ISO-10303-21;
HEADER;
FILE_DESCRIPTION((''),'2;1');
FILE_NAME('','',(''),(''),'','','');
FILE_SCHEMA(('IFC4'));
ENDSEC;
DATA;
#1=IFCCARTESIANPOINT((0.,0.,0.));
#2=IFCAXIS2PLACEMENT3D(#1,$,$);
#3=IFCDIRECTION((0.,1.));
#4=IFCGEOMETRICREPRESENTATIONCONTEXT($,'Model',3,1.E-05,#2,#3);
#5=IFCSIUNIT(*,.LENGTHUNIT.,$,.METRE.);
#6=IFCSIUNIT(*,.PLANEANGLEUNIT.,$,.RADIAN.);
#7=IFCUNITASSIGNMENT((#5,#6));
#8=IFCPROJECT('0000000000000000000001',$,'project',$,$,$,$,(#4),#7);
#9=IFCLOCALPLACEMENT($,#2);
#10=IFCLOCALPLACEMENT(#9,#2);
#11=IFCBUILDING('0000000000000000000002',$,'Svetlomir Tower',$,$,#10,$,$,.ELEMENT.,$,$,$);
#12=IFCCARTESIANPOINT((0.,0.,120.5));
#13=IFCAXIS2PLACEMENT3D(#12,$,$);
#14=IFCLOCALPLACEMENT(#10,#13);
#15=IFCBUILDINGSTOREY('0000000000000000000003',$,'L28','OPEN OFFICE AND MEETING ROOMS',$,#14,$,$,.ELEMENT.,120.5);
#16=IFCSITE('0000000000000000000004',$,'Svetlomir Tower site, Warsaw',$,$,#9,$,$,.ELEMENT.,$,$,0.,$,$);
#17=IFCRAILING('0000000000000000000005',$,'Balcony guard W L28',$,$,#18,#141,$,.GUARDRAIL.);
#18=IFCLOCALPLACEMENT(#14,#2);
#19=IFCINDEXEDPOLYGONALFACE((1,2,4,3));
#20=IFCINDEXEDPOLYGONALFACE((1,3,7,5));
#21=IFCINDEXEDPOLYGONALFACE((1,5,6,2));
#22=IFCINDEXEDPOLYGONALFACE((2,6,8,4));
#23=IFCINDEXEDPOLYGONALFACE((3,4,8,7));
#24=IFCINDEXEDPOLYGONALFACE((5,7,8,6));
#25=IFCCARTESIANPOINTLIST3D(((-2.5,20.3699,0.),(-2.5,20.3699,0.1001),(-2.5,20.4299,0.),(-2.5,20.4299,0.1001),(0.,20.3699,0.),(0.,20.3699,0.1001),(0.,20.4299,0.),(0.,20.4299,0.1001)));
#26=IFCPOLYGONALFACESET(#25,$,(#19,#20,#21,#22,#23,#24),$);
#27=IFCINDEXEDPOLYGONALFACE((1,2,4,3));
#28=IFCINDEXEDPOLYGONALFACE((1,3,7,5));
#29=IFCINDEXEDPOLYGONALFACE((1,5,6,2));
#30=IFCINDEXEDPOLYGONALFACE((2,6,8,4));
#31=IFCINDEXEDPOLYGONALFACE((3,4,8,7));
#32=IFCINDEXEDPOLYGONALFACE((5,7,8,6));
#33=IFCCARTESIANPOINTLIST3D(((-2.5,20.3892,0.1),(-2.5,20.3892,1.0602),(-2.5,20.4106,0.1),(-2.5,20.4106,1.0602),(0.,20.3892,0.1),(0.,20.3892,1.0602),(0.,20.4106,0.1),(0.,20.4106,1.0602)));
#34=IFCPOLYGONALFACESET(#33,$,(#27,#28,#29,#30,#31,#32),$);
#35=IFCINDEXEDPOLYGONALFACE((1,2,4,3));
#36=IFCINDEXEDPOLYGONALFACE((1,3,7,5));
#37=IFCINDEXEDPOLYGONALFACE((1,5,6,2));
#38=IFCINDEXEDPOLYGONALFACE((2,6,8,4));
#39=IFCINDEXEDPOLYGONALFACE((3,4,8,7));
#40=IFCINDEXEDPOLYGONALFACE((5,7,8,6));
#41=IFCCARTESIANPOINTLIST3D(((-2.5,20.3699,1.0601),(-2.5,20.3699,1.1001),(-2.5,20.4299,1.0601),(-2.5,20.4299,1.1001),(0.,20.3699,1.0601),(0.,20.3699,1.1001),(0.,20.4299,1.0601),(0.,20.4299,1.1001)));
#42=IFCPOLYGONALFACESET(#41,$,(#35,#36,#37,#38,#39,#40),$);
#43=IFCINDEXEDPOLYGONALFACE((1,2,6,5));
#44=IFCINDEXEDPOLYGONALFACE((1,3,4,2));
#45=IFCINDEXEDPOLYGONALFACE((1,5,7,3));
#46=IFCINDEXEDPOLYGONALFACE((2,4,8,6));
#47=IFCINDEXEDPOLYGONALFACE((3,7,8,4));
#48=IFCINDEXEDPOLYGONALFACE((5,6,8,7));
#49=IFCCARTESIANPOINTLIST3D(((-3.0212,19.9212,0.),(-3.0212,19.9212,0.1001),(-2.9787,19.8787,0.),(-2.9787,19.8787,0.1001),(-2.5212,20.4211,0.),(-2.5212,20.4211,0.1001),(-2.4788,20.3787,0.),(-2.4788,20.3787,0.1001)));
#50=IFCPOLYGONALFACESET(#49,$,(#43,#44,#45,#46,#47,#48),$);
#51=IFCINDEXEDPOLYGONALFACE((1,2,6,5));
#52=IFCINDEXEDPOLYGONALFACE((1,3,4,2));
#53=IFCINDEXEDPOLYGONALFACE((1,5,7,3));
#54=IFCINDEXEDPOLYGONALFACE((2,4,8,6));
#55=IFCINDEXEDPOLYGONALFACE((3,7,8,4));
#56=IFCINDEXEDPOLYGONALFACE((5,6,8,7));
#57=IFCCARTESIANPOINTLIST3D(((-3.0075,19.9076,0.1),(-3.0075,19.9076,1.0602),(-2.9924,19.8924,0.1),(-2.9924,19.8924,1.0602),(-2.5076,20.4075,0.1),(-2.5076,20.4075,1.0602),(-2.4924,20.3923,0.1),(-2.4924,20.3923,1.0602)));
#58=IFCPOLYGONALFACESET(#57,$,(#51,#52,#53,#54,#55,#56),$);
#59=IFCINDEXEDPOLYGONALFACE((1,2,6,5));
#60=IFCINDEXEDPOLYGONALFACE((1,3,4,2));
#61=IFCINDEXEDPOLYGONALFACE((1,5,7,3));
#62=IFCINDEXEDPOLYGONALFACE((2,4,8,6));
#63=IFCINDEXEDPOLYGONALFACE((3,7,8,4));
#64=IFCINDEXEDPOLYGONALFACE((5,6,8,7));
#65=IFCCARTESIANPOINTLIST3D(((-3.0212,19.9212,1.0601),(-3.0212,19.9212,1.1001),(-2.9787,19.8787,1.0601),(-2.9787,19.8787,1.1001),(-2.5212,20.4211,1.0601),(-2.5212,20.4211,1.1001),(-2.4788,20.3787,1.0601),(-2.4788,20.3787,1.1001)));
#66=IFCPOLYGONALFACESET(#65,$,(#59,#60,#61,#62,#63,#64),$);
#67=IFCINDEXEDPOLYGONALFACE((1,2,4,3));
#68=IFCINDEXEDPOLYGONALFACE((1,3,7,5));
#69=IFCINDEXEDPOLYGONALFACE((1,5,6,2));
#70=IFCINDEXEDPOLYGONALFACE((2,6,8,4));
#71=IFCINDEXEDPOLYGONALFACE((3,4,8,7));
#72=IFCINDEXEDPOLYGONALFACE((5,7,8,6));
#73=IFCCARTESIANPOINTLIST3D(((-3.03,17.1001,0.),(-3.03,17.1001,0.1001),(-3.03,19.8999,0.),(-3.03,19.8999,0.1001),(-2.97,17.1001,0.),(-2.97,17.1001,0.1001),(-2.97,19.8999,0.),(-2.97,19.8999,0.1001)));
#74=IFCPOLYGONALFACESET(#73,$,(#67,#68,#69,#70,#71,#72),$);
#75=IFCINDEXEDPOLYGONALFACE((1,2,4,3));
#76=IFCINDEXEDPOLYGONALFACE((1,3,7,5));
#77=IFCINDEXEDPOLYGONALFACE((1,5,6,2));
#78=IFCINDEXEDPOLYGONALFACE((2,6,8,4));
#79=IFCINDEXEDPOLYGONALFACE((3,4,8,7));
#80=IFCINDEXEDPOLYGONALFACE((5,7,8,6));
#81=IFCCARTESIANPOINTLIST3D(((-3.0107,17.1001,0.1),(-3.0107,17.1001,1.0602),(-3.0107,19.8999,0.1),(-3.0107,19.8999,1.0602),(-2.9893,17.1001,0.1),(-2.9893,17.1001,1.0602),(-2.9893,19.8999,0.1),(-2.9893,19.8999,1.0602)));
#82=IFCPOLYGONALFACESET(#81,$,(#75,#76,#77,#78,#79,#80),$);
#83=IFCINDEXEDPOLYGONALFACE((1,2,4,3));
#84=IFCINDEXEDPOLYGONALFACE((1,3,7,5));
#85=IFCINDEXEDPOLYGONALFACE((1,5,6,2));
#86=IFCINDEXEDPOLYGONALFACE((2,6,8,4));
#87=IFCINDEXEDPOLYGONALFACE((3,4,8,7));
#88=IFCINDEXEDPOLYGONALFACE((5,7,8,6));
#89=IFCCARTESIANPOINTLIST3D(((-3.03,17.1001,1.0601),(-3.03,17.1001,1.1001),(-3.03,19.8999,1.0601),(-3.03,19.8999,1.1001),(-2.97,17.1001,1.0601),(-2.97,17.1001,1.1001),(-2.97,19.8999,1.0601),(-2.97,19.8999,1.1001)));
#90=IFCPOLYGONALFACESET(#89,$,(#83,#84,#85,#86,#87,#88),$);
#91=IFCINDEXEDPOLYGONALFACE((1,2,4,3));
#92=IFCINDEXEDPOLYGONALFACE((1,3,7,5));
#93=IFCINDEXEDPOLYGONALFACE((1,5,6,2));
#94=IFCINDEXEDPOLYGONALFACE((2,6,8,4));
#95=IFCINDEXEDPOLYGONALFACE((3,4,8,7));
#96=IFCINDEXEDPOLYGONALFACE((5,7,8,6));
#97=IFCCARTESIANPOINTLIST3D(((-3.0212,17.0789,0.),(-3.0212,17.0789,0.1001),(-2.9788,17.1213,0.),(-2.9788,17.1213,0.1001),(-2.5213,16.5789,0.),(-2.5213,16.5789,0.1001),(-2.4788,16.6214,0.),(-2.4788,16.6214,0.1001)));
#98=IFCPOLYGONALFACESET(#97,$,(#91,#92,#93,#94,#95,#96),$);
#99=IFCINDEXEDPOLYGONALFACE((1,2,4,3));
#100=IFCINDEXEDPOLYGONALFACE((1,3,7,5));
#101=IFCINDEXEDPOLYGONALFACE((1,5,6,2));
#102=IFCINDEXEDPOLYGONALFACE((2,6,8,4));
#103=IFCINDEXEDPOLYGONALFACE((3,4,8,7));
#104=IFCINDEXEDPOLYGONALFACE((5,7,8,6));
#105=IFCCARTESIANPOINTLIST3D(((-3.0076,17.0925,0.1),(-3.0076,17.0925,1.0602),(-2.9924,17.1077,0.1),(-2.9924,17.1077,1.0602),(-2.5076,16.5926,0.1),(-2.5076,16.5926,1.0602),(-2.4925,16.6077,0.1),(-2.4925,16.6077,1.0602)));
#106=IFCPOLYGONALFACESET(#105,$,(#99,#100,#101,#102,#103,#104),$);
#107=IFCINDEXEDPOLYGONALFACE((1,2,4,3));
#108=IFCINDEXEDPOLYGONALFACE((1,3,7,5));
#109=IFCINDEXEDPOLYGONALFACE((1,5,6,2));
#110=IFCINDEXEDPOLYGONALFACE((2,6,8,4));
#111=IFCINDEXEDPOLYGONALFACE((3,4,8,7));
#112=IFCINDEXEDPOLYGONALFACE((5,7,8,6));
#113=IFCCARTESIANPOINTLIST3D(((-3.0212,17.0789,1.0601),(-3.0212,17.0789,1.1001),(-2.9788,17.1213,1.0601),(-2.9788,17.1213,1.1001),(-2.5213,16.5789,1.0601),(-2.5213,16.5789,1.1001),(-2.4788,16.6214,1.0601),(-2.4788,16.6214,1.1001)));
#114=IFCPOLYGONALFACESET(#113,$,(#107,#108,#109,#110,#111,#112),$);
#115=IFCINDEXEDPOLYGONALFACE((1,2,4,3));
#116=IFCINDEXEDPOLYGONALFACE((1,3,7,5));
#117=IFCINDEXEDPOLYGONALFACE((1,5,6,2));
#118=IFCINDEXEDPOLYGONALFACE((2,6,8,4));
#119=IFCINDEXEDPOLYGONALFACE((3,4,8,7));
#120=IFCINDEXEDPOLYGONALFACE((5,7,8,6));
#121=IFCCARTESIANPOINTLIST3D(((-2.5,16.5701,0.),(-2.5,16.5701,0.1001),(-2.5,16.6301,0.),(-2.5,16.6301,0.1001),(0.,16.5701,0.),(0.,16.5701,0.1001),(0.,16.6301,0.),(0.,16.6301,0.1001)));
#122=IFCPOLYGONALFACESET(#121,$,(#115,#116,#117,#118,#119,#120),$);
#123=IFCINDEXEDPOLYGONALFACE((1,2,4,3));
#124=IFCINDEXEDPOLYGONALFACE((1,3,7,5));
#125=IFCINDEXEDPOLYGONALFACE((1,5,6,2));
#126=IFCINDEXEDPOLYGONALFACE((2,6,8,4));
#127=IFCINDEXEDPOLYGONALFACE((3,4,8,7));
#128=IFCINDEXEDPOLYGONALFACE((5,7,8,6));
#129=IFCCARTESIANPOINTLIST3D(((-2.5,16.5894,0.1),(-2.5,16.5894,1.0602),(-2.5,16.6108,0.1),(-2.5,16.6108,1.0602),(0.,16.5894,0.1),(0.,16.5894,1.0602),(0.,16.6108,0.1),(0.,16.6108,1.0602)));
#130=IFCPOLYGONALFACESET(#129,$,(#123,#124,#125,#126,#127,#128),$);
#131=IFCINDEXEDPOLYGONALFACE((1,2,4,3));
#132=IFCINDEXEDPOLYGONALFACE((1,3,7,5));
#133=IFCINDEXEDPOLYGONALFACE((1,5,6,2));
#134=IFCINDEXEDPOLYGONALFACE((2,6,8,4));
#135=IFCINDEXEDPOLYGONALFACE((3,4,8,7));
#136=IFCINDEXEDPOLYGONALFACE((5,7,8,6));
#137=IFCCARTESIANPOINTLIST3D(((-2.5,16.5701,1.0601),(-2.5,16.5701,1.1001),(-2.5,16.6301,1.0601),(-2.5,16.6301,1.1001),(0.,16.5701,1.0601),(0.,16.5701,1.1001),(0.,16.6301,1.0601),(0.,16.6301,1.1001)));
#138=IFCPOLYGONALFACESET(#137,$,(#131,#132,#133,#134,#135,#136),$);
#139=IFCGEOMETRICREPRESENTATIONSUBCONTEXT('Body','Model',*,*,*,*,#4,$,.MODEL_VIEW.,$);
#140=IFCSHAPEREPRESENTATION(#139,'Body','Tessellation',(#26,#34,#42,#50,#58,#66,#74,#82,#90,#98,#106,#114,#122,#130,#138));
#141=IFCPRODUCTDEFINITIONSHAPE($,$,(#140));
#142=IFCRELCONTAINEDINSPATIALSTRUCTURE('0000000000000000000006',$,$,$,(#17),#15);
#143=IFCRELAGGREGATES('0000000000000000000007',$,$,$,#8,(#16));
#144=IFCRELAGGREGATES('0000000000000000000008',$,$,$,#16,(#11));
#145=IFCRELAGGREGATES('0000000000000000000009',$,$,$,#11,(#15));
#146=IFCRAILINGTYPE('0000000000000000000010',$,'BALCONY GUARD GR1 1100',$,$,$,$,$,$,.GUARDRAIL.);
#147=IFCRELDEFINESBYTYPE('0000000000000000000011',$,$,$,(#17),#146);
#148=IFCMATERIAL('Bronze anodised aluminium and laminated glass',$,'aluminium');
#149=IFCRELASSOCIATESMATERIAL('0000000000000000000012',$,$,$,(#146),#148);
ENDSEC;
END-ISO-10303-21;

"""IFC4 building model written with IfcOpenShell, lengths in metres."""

from ifc_helpers import new_model, si_unit, direction, frame, origin, origin_2d, place, context, subcontext, project, spatial, rectangle, extrude, material, type_object, element, save


model = new_model("IFC4")

# Units and contexts
model_context = context("Model", 3, precision=1e-05, world=origin(), true_north=direction((0.0, 1.0)))
body_context = subcontext(model_context, "Body", "Model", "MODEL_VIEW")
ifc_project = project(units=[si_unit("LENGTHUNIT", "METRE"), si_unit("PLANEANGLEUNIT", "RADIAN")], contexts=[model_context])

# Site, building, storey
site_placement = place(None, origin())
site = spatial("IfcSite", under=ifc_project, at=site_placement, Name="Svetlomir Tower site, Warsaw", CompositionType="ELEMENT", RefElevation=0.0)
building_placement = place(site_placement, origin())
building = spatial("IfcBuilding", under=site, at=building_placement, Name="Svetlomir Tower", CompositionType="ELEMENT")
storey_placement = place(building_placement, frame((0.0, 0.0, 120.5)))
storey = spatial("IfcBuildingStorey", under=building, at=storey_placement, Name="L28", Description="OPEN OFFICE AND MEETING ROOMS", CompositionType="ELEMENT", Elevation=120.5)

# Railing
ifc_material_1 = material(Name="Bronze anodised aluminium and laminated glass", Category="aluminium")
railing_type_1 = type_object("IfcRailingType", Name="BALCONY GUARD GR1 1100", PredefinedType="GUARDRAIL", material=ifc_material_1)
railing_1_placement = place(storey_placement, frame((0.0, 20.3999, 0.0)))
element("IfcRailing", 1, at=railing_1_placement, inside=storey, type_object=railing_type_1, Name="Balcony guard W L28", PredefinedType="GUARDRAIL", context=body_context, shape_type="SweptSolid", body=[
    extrude(rectangle(XDim=0.0601, YDim=0.1001, at=origin_2d()), frame((0.0, 0.0, 0.05), z_axis=(-1.0, 0.0, 0.0), x_axis=(0.0, -1.0, 0.0)), (0.0, 0.0, 1.0), 2.5),
    extrude(rectangle(XDim=0.0215, YDim=0.9602, at=origin_2d()), frame((0.0, 0.0, 0.5801), z_axis=(-1.0, 0.0, 0.0), x_axis=(0.0, -1.0, 0.0)), (0.0, 0.0, 1.0), 2.5),
    extrude(rectangle(XDim=0.0601, YDim=0.04, at=origin_2d()), frame((0.0, 0.0, 1.0801), z_axis=(-1.0, 0.0, 0.0), x_axis=(0.0, -1.0, 0.0)), (0.0, 0.0, 1.0), 2.5),
    extrude(rectangle(XDim=0.0601, YDim=0.1001, at=origin_2d()), frame((-2.5, 0.0, 0.05), z_axis=(-0.707107, -0.707107, 0.0), x_axis=(0.707107, -0.707107, 0.0)), (0.0, 0.0, 1.0), 0.707),
    extrude(rectangle(XDim=0.0215, YDim=0.9602, at=origin_2d()), frame((-2.5, 0.0, 0.5801), z_axis=(-0.707107, -0.707107, 0.0), x_axis=(0.707107, -0.707107, 0.0)), (0.0, 0.0, 1.0), 0.707),
    extrude(rectangle(XDim=0.0601, YDim=0.04, at=origin_2d()), frame((-2.5, 0.0, 1.0801), z_axis=(-0.707107, -0.707107, 0.0), x_axis=(0.707107, -0.707107, 0.0)), (0.0, 0.0, 1.0), 0.707),
    extrude(rectangle(XDim=0.0601, YDim=0.1001, at=origin_2d()), frame((-3.0, -0.5, 0.05), z_axis=(0.0, -1.0, 0.0), x_axis=(1.0, 0.0, 0.0)), (0.0, 0.0, 1.0), 2.7998),
    extrude(rectangle(XDim=0.0215, YDim=0.9602, at=origin_2d()), frame((-3.0, -0.5, 0.5801), z_axis=(0.0, -1.0, 0.0), x_axis=(1.0, 0.0, 0.0)), (0.0, 0.0, 1.0), 2.7998),
    extrude(rectangle(XDim=0.0601, YDim=0.04, at=origin_2d()), frame((-3.0, -0.5, 1.0801), z_axis=(0.0, -1.0, 0.0), x_axis=(1.0, 0.0, 0.0)), (0.0, 0.0, 1.0), 2.7998),
    extrude(rectangle(XDim=0.0601, YDim=0.1001, at=origin_2d()), frame((-3.0, -3.2998, 0.05), z_axis=(0.707107, -0.707107, 0.0), x_axis=(0.707107, 0.707107, 0.0)), (0.0, 0.0, 1.0), 0.707),
    extrude(rectangle(XDim=0.0215, YDim=0.9602, at=origin_2d()), frame((-3.0, -3.2998, 0.5801), z_axis=(0.707107, -0.707107, 0.0), x_axis=(0.707107, 0.707107, 0.0)), (0.0, 0.0, 1.0), 0.707),
    extrude(rectangle(XDim=0.0601, YDim=0.04, at=origin_2d()), frame((-3.0, -3.2998, 1.0801), z_axis=(0.707107, -0.707107, 0.0), x_axis=(0.707107, 0.707107, 0.0)), (0.0, 0.0, 1.0), 0.707),
    extrude(rectangle(XDim=0.0601, YDim=0.1001, at=origin_2d()), frame((-2.5, -3.7998, 0.05), z_axis=(1.0, 0.0, 0.0), x_axis=(0.0, 1.0, 0.0)), (0.0, 0.0, 1.0), 2.5),
    extrude(rectangle(XDim=0.0215, YDim=0.9602, at=origin_2d()), frame((-2.5, -3.7998, 0.5801), z_axis=(1.0, 0.0, 0.0), x_axis=(0.0, 1.0, 0.0)), (0.0, 0.0, 1.0), 2.5),
    extrude(rectangle(XDim=0.0601, YDim=0.04, at=origin_2d()), frame((-2.5, -3.7998, 1.0801), z_axis=(1.0, 0.0, 0.0), x_axis=(0.0, 1.0, 0.0)), (0.0, 0.0, 1.0), 2.5),
])

save(model, "model.ifc")
